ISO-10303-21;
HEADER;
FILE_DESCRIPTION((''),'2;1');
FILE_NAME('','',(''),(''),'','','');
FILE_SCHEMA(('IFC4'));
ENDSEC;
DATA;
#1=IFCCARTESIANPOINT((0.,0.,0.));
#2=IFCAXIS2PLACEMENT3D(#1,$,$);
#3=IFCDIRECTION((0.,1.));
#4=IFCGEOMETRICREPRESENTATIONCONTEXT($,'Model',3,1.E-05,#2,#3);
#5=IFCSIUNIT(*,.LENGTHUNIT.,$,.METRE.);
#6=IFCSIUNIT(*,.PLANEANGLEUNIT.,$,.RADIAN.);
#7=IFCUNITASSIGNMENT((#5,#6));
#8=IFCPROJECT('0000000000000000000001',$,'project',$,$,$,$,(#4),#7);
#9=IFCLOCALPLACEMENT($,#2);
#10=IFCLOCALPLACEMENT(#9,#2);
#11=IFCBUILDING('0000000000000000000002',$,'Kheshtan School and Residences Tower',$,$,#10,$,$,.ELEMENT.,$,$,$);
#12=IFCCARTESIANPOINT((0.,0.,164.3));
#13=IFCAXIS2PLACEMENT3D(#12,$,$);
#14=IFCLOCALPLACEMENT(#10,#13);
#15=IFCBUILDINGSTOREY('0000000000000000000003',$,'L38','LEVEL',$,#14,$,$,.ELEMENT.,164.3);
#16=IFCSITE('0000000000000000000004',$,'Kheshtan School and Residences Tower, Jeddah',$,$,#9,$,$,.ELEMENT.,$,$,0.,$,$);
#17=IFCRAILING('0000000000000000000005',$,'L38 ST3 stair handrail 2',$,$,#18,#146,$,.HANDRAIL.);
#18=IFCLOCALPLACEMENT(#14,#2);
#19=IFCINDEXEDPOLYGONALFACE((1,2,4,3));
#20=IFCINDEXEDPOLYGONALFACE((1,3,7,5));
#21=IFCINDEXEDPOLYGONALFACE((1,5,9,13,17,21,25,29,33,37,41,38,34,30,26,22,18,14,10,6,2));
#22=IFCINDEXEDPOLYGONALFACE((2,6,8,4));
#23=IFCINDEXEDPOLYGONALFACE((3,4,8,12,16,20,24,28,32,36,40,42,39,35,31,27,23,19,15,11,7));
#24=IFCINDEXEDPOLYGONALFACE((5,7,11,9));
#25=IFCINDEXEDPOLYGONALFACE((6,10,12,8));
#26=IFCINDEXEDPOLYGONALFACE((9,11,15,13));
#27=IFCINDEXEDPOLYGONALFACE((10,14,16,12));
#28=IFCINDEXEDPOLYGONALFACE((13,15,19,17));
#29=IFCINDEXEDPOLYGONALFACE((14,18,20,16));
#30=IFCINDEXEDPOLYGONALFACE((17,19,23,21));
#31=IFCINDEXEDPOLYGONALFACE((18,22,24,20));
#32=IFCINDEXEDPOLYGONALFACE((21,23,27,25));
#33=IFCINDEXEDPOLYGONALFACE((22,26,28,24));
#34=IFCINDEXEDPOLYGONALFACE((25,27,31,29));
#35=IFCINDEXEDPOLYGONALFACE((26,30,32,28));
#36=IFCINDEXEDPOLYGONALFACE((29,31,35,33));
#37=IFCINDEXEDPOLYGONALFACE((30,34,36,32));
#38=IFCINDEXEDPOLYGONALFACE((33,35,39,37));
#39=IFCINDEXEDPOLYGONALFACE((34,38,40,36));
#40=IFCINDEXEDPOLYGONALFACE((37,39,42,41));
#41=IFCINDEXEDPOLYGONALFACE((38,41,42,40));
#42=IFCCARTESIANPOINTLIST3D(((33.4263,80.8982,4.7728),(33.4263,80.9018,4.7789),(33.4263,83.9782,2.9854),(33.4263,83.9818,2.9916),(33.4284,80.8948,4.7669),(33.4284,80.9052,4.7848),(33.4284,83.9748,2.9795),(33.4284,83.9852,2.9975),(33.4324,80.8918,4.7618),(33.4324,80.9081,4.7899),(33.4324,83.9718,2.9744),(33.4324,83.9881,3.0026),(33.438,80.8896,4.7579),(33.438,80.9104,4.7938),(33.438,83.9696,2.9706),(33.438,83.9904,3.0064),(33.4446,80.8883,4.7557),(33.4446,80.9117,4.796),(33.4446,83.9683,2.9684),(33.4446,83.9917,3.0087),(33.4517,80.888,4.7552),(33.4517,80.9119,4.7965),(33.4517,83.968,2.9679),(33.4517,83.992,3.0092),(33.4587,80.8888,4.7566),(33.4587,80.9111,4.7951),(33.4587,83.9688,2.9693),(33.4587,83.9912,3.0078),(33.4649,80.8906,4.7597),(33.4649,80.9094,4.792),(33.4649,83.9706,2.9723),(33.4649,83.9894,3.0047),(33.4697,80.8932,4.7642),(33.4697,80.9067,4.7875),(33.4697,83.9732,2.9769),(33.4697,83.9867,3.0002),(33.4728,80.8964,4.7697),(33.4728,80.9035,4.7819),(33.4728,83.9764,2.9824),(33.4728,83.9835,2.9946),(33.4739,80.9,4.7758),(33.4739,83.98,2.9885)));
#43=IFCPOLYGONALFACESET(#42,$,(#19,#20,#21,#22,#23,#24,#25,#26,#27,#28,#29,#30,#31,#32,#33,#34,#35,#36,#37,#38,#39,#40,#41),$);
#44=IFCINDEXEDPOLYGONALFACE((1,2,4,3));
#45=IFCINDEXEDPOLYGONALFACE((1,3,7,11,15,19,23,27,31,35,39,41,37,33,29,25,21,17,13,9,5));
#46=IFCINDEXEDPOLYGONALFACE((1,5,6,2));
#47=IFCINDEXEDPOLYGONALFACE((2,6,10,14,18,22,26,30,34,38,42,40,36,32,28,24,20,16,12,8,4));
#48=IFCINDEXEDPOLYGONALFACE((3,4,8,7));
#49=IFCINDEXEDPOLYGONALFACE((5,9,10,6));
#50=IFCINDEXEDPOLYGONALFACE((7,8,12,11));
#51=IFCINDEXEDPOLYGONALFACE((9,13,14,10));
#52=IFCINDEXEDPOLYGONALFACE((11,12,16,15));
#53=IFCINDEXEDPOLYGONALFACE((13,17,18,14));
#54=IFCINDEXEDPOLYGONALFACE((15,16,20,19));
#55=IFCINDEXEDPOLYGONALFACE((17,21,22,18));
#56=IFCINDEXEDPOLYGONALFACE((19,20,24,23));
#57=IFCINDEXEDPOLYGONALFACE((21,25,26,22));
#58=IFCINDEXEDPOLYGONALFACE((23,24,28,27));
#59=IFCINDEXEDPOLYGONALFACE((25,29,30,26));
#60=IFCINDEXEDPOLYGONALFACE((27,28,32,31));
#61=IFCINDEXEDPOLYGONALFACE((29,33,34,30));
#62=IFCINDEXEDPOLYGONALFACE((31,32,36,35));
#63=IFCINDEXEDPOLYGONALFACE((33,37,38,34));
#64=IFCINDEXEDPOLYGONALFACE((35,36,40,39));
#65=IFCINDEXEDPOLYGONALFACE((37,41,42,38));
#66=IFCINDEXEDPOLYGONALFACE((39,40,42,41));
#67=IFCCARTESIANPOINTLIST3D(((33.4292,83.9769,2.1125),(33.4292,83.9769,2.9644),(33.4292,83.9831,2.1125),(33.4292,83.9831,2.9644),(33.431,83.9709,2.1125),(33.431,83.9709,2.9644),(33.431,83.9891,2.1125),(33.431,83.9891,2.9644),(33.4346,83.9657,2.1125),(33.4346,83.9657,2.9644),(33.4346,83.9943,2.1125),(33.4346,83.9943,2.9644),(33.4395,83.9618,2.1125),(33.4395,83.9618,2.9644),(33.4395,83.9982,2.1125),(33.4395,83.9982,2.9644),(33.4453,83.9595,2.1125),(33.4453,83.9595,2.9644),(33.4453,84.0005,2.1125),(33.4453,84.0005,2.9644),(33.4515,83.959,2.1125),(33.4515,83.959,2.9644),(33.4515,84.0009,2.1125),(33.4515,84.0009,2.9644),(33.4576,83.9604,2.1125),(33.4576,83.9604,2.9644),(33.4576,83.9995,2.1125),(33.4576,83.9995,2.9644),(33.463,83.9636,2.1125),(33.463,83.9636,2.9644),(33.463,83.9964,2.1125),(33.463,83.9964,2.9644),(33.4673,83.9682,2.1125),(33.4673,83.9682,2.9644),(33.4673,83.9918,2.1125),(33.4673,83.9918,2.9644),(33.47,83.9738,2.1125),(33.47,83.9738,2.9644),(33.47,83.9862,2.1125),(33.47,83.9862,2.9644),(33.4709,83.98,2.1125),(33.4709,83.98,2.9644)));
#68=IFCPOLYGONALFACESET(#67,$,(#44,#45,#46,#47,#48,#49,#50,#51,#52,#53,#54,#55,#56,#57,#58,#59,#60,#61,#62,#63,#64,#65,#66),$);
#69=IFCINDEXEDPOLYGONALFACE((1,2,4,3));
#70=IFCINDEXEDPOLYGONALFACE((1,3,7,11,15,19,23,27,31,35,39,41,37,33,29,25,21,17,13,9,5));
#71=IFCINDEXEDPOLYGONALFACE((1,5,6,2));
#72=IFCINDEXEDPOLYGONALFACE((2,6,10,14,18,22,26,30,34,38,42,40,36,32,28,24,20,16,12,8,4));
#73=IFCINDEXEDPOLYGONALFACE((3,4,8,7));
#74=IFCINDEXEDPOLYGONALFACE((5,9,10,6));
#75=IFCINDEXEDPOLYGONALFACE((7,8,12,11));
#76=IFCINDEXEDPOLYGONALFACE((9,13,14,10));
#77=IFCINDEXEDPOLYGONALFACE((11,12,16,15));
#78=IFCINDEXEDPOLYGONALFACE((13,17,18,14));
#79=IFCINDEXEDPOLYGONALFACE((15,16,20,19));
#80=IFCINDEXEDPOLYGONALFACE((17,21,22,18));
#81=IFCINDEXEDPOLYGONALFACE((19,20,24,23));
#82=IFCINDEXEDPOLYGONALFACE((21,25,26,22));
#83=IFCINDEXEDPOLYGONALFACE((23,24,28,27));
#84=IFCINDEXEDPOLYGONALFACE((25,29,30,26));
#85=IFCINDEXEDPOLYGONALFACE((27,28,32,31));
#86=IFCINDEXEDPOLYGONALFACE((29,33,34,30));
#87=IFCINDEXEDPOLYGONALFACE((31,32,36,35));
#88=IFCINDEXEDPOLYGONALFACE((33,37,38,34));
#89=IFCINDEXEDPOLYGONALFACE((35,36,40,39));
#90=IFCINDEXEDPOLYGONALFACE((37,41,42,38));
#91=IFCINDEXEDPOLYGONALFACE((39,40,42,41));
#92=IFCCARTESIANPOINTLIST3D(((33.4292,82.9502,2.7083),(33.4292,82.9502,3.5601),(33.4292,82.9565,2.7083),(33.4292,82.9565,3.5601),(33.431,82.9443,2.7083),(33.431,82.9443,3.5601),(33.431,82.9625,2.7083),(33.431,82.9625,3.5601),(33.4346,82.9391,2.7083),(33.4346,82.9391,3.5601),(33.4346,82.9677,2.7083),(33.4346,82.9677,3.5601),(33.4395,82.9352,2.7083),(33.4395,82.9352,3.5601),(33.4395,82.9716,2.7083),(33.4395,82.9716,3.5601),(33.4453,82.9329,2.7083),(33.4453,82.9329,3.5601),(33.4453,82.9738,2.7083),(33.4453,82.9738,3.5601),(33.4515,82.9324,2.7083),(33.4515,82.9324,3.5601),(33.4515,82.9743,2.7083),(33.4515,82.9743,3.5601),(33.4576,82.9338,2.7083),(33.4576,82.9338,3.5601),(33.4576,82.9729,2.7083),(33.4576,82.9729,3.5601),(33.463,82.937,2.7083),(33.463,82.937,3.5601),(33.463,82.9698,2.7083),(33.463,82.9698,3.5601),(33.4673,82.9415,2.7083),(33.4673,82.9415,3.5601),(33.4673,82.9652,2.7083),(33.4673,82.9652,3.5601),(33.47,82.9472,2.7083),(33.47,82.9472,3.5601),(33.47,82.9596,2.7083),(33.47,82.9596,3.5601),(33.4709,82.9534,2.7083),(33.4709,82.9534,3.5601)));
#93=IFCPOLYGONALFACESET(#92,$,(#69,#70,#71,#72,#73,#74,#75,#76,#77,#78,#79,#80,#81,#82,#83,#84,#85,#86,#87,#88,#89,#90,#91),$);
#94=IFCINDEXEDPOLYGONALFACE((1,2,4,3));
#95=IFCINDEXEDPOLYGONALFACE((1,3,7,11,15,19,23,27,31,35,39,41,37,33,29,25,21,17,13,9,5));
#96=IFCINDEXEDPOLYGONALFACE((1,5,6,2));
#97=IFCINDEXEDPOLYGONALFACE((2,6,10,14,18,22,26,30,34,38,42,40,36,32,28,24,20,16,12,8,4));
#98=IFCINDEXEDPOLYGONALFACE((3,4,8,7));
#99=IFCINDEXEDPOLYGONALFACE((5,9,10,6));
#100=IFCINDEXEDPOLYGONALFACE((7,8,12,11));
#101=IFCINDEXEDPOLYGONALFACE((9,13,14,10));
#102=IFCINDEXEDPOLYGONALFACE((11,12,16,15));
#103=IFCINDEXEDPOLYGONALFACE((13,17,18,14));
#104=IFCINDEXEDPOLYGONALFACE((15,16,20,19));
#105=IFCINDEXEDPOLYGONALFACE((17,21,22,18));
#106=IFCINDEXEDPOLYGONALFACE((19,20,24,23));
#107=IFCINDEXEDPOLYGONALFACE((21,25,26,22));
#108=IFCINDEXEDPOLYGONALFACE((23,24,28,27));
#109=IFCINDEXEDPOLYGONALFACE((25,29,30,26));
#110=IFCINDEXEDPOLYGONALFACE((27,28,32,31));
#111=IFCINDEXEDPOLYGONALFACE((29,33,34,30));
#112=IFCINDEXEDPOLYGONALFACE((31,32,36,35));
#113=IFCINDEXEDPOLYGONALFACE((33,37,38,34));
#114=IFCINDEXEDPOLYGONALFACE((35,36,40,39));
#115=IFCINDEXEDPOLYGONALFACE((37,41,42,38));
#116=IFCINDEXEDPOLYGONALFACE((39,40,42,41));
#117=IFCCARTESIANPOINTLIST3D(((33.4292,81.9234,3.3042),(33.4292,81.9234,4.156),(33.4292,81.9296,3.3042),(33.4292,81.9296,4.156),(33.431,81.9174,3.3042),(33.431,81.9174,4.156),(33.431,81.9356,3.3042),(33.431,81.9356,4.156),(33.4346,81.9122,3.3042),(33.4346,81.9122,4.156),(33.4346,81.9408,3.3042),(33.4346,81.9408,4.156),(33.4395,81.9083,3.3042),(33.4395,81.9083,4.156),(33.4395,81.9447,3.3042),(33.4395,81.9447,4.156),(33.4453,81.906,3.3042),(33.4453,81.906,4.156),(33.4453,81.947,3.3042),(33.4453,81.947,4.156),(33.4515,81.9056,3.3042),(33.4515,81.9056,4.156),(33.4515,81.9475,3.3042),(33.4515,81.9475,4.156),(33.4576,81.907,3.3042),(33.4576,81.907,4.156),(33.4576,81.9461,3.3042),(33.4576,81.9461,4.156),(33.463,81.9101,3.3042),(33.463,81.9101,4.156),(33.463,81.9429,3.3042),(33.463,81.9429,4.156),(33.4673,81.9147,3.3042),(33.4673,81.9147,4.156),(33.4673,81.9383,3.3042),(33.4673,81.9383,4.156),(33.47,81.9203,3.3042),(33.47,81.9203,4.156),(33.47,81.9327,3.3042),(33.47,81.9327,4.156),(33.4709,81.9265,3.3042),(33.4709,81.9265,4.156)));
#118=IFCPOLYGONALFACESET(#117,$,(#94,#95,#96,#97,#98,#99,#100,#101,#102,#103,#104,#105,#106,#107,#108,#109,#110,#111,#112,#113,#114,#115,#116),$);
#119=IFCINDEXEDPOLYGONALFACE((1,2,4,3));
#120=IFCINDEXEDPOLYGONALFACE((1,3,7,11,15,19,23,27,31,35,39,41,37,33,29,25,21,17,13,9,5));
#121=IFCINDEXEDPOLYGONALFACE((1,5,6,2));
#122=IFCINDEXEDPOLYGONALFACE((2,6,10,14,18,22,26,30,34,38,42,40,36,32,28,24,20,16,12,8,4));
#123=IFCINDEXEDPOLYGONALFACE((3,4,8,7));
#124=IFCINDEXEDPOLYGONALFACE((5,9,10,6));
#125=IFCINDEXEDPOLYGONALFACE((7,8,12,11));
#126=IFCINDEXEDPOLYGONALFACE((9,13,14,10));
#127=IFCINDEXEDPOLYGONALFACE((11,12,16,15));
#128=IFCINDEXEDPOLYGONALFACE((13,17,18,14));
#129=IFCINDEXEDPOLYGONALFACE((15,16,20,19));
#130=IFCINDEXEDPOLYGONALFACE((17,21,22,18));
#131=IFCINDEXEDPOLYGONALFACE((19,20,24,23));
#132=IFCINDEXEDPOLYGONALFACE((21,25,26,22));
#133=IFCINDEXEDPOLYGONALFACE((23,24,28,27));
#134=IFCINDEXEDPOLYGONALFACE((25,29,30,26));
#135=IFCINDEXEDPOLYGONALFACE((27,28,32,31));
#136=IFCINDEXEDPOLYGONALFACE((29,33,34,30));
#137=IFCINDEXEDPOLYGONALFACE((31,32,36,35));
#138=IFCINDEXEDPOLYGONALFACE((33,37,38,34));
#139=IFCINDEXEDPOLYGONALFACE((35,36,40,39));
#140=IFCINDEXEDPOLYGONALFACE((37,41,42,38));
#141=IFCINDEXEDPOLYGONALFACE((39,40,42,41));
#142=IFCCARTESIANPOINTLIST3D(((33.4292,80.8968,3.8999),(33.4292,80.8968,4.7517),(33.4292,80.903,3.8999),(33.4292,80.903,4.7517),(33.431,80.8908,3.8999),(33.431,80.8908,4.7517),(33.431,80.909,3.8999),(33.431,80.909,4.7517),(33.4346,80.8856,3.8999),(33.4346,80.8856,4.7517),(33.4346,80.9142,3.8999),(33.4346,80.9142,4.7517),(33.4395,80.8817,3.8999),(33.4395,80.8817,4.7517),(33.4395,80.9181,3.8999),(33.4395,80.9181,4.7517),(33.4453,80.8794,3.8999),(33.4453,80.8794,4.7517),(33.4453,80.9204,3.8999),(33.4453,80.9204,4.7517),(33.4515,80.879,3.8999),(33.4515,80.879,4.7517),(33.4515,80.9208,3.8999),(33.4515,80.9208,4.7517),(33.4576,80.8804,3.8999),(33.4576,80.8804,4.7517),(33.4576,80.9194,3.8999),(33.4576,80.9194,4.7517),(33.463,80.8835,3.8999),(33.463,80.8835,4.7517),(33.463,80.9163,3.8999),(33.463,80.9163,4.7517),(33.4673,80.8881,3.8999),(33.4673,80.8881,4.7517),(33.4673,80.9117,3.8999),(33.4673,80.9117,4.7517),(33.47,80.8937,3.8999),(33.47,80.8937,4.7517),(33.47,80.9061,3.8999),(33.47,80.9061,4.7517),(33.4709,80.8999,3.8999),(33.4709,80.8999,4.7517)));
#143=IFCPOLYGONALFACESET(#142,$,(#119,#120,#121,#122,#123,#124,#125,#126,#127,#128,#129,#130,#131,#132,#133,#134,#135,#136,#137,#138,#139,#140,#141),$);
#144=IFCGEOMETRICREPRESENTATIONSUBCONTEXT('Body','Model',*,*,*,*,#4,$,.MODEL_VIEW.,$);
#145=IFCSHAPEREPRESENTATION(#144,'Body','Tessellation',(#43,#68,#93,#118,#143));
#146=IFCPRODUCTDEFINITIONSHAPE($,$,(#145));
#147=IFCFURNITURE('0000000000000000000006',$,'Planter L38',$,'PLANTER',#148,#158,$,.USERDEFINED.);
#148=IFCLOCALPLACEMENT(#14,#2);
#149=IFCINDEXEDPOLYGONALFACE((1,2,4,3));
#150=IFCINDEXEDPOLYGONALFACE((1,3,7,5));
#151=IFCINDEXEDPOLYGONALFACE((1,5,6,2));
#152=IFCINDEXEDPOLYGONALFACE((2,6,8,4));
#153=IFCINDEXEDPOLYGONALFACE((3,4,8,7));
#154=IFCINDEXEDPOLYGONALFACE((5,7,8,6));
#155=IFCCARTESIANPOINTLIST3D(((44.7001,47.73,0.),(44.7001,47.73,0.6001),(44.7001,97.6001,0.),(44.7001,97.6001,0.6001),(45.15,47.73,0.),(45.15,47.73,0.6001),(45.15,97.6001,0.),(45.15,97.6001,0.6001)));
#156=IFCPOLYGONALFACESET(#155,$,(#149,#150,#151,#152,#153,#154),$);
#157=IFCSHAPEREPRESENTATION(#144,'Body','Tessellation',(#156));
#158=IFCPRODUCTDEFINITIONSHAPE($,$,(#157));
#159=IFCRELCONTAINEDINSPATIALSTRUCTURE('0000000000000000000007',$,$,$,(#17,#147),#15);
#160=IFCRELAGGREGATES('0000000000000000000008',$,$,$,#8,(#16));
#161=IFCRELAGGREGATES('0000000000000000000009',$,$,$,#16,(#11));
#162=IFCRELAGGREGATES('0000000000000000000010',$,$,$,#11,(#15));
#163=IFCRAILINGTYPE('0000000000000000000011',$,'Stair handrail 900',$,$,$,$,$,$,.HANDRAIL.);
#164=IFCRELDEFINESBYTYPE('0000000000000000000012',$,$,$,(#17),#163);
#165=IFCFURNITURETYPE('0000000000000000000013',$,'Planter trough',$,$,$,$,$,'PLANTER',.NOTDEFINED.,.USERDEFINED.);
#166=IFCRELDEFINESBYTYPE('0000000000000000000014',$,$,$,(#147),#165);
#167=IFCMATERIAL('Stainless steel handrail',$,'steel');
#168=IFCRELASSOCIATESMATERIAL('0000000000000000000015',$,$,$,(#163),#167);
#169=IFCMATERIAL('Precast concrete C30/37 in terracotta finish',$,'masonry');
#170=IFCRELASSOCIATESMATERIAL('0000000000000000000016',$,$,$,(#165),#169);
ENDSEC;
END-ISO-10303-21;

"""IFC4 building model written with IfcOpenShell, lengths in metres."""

from ifc_helpers import new_model, si_unit, direction, frame, origin, origin_2d, place, context, subcontext, project, spatial, rectangle, circle, extrude, material, type_object, element, save


model = new_model("IFC4")

# Units and contexts
model_context = context("Model", 3, precision=1e-05, world=origin(), true_north=direction((0.0, 1.0)))
body_context = subcontext(model_context, "Body", "Model", "MODEL_VIEW")
ifc_project = project(units=[si_unit("LENGTHUNIT", "METRE"), si_unit("PLANEANGLEUNIT", "RADIAN")], contexts=[model_context])

# Site, building, storey
site_placement = place(None, origin())
site = spatial("IfcSite", under=ifc_project, at=site_placement, Name="Kheshtan School and Residences Tower, Jeddah", CompositionType="ELEMENT", RefElevation=0.0)
building_placement = place(site_placement, origin())
building = spatial("IfcBuilding", under=site, at=building_placement, Name="Kheshtan School and Residences Tower", CompositionType="ELEMENT")
storey_placement = place(building_placement, frame((0.0, 0.0, 164.3)))
storey = spatial("IfcBuildingStorey", under=building, at=storey_placement, Name="L38", Description="LEVEL", CompositionType="ELEMENT", Elevation=164.3)

# Railing
ifc_material_1 = material(Name="Stainless steel handrail", Category="steel")
railing_type_1 = type_object("IfcRailingType", Name="Stair handrail 900", PredefinedType="HANDRAIL", material=ifc_material_1)
railing_1_placement = place(storey_placement, frame((33.45, 83.98, 2.1125)))
element("IfcRailing", 1, at=railing_1_placement, inside=storey, type_object=railing_type_1, Name="L38 ST3 stair handrail 2", PredefinedType="HANDRAIL", context=body_context, shape_type="SweptSolid", body=[
    extrude(circle(Radius=0.0239, at=origin_2d()), frame((0.0, 0.0, 0.876), z_axis=(0.0, -0.86492, 0.501909), x_axis=(1.0, 0.0, 0.0)), (0.0, 0.0, 1.0), 3.561),
    extrude(circle(Radius=0.021, at=origin_2d()), origin(), (0.0, 0.0, 1.0), 0.8518),
    extrude(circle(Radius=0.021, at=origin_2d()), frame((0.0, -1.0266, 0.5957)), (0.0, 0.0, 1.0), 0.8518),
    extrude(circle(Radius=0.021, at=origin_2d()), frame((0.0, -2.0535, 1.1917)), (0.0, 0.0, 1.0), 0.8518),
    extrude(circle(Radius=0.021, at=origin_2d()), frame((0.0, -3.0801, 1.7874)), (0.0, 0.0, 1.0), 0.8518),
])

# Furniture
ifc_material_2 = material(Name="Precast concrete C30/37 in terracotta finish", Category="masonry")
furniture_type = type_object("IfcFurnitureType", Name="Planter trough", ElementType="PLANTER", AssemblyPlace="NOTDEFINED", PredefinedType="USERDEFINED", material=ifc_material_2)
furniture_placement = place(storey_placement, frame((44.925, 72.665, 0.0), z_axis=(0.0, 0.0, 1.0), x_axis=(0.0, -1.0, 0.0)))
element("IfcFurniture", 2, at=furniture_placement, inside=storey, type_object=furniture_type, Name="Planter L38", ObjectType="PLANTER", PredefinedType="USERDEFINED", context=body_context, shape_type="SweptSolid", body=[
    extrude(rectangle(XDim=49.8701, YDim=0.45, at=origin_2d()), origin(), (0.0, 0.0, 1.0), 0.6001),
])

save(model, "model.ifc")
